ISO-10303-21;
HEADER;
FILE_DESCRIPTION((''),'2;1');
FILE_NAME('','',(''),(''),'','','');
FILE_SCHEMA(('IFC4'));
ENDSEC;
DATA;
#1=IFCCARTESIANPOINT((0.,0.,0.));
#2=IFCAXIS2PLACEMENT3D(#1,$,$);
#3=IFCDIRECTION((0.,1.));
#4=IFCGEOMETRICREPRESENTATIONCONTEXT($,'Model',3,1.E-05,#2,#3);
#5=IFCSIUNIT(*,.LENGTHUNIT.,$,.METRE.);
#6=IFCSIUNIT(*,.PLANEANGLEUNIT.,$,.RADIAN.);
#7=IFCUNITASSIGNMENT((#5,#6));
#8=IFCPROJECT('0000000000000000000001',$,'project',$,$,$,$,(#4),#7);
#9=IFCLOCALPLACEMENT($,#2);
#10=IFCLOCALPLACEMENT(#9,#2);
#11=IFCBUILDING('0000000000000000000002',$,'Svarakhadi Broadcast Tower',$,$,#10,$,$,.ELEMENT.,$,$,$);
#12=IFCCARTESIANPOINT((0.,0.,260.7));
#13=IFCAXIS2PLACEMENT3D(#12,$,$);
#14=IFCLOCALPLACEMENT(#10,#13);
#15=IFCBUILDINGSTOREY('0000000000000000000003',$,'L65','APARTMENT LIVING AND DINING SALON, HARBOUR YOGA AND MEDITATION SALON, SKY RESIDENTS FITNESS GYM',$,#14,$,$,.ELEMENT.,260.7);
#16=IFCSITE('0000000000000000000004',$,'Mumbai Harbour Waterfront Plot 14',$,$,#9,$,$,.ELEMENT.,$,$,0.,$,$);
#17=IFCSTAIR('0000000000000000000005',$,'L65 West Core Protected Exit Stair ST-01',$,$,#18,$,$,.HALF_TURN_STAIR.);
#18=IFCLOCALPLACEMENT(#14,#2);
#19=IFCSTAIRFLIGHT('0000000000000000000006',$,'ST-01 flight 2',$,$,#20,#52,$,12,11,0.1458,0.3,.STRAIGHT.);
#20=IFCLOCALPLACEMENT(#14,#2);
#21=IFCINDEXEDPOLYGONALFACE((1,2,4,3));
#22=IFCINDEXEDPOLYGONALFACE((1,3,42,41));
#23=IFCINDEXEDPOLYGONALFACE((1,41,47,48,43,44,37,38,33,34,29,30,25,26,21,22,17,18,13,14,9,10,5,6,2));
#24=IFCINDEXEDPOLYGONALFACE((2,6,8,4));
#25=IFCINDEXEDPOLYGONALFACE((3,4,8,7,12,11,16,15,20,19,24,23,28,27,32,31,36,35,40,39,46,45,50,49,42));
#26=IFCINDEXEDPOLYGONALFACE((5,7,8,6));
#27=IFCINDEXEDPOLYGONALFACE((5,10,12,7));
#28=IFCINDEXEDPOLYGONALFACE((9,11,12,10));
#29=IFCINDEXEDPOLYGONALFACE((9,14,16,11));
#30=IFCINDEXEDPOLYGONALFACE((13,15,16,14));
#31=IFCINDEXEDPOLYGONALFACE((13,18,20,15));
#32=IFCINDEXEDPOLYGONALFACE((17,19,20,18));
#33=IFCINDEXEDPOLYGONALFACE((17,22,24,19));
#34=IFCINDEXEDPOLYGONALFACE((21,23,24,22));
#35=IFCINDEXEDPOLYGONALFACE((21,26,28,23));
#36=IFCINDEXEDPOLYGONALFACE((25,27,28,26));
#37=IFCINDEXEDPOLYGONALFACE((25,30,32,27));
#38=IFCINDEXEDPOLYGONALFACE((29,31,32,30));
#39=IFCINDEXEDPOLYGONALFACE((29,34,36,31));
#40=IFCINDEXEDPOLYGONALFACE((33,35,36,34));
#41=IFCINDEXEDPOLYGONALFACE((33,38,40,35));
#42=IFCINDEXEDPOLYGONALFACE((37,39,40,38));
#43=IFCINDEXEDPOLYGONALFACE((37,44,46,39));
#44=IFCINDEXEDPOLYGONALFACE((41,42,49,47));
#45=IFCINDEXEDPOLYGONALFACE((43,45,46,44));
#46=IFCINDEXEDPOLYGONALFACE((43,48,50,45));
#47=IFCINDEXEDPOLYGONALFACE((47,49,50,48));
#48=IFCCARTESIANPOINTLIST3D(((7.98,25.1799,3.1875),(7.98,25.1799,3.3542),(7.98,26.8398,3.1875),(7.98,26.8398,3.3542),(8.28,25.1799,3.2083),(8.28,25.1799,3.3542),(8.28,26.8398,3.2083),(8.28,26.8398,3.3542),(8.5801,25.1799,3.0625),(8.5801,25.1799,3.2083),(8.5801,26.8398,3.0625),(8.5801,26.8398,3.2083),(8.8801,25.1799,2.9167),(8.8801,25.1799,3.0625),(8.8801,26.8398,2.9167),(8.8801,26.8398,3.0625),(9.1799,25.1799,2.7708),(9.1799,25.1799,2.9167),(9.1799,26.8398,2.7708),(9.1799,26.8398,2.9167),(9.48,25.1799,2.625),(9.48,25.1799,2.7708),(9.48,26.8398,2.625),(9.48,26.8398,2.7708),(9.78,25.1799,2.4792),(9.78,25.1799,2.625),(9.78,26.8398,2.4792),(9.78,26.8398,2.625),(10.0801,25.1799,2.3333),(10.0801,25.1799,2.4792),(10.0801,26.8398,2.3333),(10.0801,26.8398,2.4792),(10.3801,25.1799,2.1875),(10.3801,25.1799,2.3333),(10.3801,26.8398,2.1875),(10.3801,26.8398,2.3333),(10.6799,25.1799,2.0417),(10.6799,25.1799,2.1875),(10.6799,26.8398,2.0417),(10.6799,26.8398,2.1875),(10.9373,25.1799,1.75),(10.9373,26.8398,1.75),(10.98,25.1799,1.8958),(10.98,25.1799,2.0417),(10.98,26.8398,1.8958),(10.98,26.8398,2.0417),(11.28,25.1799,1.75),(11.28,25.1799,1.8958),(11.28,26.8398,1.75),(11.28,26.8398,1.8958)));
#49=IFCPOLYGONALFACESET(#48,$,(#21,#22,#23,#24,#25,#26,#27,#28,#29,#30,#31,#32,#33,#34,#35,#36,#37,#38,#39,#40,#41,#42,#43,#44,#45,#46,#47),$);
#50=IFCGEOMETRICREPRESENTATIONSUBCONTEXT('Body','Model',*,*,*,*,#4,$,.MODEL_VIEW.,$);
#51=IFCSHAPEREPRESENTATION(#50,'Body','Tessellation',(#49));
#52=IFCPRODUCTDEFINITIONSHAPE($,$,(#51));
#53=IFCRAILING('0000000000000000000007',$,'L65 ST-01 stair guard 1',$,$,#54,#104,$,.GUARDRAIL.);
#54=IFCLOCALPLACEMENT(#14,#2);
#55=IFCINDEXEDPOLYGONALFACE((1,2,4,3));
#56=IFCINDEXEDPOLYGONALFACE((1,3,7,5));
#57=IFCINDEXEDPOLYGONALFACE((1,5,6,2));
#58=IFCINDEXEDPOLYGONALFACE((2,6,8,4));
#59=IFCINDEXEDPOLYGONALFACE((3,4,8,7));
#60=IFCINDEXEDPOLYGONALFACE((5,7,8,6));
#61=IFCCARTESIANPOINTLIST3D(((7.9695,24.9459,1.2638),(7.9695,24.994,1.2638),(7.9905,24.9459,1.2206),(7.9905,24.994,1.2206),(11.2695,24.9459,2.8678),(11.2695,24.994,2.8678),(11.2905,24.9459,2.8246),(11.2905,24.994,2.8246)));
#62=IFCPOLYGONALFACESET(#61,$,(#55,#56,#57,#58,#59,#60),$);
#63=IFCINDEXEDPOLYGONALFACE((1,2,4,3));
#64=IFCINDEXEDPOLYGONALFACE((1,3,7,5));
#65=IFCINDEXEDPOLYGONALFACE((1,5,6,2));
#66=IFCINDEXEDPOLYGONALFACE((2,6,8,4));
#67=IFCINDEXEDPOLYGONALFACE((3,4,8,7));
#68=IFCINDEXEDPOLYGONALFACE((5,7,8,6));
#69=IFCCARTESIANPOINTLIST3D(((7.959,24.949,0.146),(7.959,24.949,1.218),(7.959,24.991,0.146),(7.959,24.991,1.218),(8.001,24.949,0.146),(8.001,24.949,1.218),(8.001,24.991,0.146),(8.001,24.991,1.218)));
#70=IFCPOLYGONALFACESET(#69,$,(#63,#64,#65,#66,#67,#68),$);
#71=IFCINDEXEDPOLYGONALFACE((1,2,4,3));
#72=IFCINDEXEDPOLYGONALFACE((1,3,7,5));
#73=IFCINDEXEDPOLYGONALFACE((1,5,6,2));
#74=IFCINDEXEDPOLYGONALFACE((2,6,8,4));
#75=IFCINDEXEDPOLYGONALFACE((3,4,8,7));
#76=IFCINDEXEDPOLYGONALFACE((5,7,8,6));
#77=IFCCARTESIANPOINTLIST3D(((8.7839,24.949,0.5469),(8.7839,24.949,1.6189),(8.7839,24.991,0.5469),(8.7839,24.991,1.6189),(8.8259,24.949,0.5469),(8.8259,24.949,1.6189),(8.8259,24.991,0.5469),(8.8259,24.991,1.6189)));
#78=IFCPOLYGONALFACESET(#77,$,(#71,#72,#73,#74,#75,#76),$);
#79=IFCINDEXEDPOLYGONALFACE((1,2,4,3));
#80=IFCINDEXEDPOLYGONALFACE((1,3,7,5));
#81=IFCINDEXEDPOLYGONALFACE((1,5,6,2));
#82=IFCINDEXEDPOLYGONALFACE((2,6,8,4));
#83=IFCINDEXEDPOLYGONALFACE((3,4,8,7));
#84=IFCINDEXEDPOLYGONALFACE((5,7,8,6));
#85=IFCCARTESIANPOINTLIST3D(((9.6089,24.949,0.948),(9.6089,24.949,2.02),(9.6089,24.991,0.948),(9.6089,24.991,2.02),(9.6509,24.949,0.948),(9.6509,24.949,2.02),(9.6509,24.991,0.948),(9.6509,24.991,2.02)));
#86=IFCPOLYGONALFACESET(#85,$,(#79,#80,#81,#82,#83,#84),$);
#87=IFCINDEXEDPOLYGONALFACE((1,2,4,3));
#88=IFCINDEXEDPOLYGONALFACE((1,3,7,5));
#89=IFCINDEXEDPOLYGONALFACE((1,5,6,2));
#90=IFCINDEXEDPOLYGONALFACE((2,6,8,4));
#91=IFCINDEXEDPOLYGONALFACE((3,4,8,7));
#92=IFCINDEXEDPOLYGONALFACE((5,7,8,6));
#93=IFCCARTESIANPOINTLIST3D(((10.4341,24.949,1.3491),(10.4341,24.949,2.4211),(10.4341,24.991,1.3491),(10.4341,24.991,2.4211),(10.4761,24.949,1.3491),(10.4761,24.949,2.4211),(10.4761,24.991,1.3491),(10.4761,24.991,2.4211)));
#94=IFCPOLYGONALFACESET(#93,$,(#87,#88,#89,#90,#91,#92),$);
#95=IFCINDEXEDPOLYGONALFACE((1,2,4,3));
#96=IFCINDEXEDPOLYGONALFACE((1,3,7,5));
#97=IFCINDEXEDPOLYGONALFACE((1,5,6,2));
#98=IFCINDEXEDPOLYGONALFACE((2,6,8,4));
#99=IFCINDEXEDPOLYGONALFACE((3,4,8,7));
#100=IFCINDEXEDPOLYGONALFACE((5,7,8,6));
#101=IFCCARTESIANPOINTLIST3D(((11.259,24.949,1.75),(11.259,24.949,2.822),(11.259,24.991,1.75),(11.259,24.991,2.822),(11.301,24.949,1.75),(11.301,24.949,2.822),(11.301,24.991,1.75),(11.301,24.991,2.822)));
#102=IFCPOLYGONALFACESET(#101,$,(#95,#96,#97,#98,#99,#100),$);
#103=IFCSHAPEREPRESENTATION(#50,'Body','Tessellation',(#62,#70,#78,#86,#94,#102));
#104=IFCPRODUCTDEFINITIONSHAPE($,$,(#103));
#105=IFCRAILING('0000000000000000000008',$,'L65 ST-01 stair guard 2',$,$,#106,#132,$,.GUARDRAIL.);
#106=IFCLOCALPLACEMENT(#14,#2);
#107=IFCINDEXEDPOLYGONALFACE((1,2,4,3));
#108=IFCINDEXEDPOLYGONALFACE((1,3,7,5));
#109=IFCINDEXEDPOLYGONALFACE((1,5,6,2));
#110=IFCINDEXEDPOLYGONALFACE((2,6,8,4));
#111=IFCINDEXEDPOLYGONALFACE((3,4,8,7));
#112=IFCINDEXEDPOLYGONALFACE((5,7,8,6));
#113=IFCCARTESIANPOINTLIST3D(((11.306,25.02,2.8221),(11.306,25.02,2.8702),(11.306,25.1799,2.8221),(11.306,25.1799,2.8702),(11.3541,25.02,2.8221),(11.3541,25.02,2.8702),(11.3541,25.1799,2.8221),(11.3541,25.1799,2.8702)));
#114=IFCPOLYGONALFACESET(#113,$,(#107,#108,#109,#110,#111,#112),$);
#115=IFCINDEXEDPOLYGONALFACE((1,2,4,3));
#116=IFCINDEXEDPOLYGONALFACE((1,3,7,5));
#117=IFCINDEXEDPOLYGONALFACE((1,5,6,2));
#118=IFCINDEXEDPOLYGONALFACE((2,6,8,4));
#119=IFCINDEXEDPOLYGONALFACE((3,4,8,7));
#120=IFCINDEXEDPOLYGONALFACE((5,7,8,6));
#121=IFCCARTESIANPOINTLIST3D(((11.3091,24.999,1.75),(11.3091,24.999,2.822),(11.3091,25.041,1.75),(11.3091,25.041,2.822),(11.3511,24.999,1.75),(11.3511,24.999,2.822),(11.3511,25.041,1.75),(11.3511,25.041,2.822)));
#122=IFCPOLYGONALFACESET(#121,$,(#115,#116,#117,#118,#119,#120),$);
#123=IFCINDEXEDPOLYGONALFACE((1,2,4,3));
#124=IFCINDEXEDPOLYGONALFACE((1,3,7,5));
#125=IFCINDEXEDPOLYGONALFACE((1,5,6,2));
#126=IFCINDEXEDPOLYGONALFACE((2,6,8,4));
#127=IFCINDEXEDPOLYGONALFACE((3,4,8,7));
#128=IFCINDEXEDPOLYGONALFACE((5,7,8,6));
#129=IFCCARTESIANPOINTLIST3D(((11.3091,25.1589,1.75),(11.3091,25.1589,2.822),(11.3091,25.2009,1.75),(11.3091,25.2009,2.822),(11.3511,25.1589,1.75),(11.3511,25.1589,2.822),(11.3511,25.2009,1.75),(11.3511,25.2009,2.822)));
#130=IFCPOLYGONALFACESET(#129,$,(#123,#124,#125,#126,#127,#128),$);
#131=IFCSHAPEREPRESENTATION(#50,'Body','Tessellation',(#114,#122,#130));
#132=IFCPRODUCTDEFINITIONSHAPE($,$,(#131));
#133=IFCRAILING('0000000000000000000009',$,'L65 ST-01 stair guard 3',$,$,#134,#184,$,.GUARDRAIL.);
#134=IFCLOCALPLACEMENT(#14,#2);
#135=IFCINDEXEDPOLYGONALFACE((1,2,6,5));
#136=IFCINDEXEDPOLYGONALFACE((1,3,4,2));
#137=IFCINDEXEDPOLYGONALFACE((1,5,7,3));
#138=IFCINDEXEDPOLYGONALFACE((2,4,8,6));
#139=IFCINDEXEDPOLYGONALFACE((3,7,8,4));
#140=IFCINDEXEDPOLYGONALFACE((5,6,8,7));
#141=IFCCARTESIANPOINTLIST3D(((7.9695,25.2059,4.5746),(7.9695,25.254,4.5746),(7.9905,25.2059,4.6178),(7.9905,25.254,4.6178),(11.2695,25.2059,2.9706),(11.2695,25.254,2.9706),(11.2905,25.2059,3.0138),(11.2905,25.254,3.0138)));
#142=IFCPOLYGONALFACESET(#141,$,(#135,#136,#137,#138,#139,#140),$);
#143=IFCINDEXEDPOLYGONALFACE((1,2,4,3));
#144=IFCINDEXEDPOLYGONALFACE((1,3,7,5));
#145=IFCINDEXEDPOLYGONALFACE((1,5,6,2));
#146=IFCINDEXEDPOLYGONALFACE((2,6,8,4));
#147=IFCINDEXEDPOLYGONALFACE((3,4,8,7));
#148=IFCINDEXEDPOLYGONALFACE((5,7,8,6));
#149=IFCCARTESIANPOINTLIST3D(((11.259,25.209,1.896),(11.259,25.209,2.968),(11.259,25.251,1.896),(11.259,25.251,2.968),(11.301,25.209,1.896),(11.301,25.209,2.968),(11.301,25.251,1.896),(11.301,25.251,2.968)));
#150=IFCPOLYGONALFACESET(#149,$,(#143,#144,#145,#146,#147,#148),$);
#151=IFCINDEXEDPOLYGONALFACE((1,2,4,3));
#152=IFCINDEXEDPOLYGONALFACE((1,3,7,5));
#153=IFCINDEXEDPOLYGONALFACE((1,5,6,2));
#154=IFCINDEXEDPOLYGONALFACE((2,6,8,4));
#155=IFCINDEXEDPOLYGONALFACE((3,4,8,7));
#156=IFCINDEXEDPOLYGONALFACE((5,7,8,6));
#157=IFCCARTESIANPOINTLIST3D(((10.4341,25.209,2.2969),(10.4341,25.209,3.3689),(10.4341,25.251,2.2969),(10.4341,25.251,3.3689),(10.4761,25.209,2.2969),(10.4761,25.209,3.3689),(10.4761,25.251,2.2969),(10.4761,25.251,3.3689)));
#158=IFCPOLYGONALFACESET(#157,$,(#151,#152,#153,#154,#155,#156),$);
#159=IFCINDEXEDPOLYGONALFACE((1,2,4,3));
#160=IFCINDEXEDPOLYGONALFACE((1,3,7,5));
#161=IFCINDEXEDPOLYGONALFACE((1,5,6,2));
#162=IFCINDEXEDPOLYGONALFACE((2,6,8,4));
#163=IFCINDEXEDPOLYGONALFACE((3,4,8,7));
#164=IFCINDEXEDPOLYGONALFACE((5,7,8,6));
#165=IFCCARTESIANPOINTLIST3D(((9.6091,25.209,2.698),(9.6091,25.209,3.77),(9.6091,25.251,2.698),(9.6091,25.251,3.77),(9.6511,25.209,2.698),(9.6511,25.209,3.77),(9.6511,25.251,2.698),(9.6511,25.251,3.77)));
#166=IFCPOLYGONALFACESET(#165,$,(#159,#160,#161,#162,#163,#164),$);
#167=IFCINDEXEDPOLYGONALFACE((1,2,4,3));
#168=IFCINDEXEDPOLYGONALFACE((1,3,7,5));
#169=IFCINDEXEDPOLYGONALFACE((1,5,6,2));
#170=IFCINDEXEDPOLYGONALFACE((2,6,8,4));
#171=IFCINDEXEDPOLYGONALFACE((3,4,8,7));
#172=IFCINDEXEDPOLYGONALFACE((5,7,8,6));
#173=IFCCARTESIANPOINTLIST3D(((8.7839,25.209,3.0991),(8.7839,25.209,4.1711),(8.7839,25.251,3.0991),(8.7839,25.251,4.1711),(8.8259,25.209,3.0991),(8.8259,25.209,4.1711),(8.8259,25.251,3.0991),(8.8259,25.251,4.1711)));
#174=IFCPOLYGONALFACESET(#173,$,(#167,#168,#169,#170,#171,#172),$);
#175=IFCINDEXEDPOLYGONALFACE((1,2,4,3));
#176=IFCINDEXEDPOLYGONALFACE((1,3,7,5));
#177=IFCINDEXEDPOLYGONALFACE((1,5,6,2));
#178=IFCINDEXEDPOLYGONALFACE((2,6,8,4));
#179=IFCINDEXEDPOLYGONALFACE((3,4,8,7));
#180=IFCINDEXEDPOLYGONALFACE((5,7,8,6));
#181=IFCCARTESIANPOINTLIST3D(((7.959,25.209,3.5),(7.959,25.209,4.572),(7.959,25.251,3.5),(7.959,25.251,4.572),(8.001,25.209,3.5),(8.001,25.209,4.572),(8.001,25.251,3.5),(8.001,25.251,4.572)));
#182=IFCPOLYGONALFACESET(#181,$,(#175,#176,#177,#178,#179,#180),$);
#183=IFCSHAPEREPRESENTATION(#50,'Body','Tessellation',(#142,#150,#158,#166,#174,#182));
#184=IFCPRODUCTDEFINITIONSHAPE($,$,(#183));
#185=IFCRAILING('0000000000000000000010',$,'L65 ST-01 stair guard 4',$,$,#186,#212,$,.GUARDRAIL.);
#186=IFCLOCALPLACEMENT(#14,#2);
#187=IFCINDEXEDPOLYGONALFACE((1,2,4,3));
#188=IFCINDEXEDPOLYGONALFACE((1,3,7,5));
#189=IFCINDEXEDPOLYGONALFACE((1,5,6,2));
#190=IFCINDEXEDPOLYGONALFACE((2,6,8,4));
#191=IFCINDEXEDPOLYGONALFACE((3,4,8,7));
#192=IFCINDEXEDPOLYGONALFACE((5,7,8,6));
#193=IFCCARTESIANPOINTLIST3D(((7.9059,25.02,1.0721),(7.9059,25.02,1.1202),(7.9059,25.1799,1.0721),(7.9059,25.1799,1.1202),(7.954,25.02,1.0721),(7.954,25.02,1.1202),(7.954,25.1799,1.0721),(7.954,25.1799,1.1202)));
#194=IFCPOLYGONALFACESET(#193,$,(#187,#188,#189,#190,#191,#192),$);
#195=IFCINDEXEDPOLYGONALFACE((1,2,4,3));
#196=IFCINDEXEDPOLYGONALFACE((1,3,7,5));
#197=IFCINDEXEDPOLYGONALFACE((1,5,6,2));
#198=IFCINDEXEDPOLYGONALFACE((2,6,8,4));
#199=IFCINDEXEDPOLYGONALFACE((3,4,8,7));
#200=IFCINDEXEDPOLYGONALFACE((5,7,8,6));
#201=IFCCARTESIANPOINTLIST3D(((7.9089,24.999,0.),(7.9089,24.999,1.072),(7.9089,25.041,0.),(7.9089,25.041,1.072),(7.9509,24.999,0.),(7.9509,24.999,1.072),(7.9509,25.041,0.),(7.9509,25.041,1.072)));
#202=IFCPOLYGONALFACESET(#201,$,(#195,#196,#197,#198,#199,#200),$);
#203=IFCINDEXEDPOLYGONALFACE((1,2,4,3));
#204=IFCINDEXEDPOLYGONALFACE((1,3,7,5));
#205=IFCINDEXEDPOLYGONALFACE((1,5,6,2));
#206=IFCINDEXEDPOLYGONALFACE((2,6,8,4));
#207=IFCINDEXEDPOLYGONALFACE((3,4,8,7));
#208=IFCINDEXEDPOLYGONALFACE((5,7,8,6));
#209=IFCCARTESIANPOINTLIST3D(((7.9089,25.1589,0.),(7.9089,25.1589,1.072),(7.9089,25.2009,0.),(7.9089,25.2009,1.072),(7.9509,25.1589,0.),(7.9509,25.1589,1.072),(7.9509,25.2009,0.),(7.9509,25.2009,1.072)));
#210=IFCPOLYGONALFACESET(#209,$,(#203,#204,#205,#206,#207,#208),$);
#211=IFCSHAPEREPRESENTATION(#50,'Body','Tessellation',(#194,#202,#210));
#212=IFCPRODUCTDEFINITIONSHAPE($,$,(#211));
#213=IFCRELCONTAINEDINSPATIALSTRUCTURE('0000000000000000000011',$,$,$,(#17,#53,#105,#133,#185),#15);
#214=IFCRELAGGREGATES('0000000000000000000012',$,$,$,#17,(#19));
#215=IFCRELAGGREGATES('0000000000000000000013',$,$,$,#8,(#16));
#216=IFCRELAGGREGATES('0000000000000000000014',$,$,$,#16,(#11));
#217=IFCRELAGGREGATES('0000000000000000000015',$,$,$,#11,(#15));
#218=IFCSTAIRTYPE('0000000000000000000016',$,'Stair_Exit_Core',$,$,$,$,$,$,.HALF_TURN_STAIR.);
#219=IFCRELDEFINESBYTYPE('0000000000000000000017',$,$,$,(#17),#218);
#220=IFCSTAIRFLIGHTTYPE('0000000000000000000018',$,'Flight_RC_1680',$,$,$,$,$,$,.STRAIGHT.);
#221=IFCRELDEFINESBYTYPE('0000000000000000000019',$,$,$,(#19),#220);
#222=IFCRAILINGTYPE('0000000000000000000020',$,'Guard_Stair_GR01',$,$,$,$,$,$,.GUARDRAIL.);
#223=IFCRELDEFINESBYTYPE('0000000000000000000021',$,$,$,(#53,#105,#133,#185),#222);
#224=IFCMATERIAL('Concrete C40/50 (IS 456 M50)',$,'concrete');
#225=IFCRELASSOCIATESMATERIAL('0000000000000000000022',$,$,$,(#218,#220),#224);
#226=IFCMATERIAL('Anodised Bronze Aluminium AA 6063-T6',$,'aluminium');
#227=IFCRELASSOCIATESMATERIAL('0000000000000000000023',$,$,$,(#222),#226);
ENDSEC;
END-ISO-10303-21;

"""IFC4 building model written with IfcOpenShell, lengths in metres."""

from ifc_helpers import new_model, si_unit, direction, frame, origin, origin_2d, place, context, subcontext, project, spatial, polyline, rectangle, outline, extrude, material, type_object, element, aggregate, save


model = new_model("IFC4")

# Units and contexts
model_context = context("Model", 3, precision=1e-05, world=origin(), true_north=direction((0.0, 1.0)))
body_context = subcontext(model_context, "Body", "Model", "MODEL_VIEW")
ifc_project = project(units=[si_unit("LENGTHUNIT", "METRE"), si_unit("PLANEANGLEUNIT", "RADIAN")], contexts=[model_context])

# Site, building, storey
site_placement = place(None, origin())
site = spatial("IfcSite", under=ifc_project, at=site_placement, Name="Mumbai Harbour Waterfront Plot 14", CompositionType="ELEMENT", RefElevation=0.0)
building_placement = place(site_placement, origin())
building = spatial("IfcBuilding", under=site, at=building_placement, Name="Svarakhadi Broadcast Tower", CompositionType="ELEMENT")
storey_placement = place(building_placement, frame((0.0, 0.0, 260.7)))
storey = spatial("IfcBuildingStorey", under=building, at=storey_placement, Name="L65", Description="APARTMENT LIVING AND DINING SALON, HARBOUR YOGA AND MEDITATION SALON, SKY RESIDENTS FITNESS GYM", CompositionType="ELEMENT", Elevation=260.7)

# Shared definitions
ifc_material_1 = material(Name="Anodised Bronze Aluminium AA 6063-T6", Category="aluminium")

# Shared definitions
ifc_material_2 = material(Name="Concrete C40/50 (IS 456 M50)", Category="concrete")

# Stair, stair flight
stair_type = type_object("IfcStairType", Name="Stair_Exit_Core", PredefinedType="HALF_TURN_STAIR", material=ifc_material_2)
stair_placement = place(storey_placement, origin())
stair = element("IfcStair", 1, at=stair_placement, inside=storey, type_object=stair_type, Name="L65 West Core Protected Exit Stair ST-01", PredefinedType="HALF_TURN_STAIR")
stair_flight_type = type_object("IfcStairFlightType", Name="Flight_RC_1680", PredefinedType="STRAIGHT", material=ifc_material_2)
stair_flight_1_placement = place(storey_placement, frame((11.28, 26.01, 1.75), z_axis=(0.0, 0.0, 1.0), x_axis=(-1.0, 0.0, 0.0)))
stair_flight_1 = element("IfcStairFlight", 2, at=stair_flight_1_placement, type_object=stair_flight_type, Name="ST-01 flight 2", NumberOfRisers=12, NumberOfTreads=11, PredefinedType="STRAIGHT", RiserHeight=0.1458, TreadLength=0.3, context=body_context, shape_type="SweptSolid", body=[
    extrude(outline(polyline([(0.0, 0.0), (0.0, 0.1458), (0.3, 0.1458), (0.3, 0.2917), (0.6001, 0.2917), (0.6001, 0.4375), (0.8999, 0.4375), (0.8999, 0.5833), (1.2, 0.5833), (1.2, 0.7292), (1.5, 0.7292), (1.5, 0.875), (1.8, 0.875), (1.8, 1.0208), (2.1001, 1.0208), (2.1001, 1.1667), (2.3999, 1.1667), (2.3999, 1.3125), (2.7, 1.3125), (2.7, 1.4583), (3.0, 1.4583), (3.0, 1.6042), (3.3, 1.6042), (3.3, 1.75), (3.3, 1.4375), (0.3428, 0.0), (0.0, 0.0)])), frame((0.0, 0.8301, 0.0), z_axis=(0.0, -1.0, 0.0), x_axis=(1.0, 0.0, 0.0)), (0.0, 0.0, 1.0), 1.6599),
])
aggregate(stair, [stair_flight_1])

# Railings
railing_type_1 = type_object("IfcRailingType", Name="Guard_Stair_GR01", PredefinedType="GUARDRAIL", material=ifc_material_1)
railing_1_placement = place(storey_placement, frame((7.98, 24.97, 0.146)))
element("IfcRailing", 3, at=railing_1_placement, inside=storey, type_object=railing_type_1, Name="L65 ST-01 stair guard 1", PredefinedType="GUARDRAIL", context=body_context, shape_type="SweptSolid", body=[
    extrude(rectangle(XDim=0.0481, YDim=0.0481, at=origin_2d()), frame((0.0, 0.0, 1.0962), z_axis=(0.899388, 0.0, 0.437152), x_axis=(0.0, 1.0, 0.0)), (0.0, 0.0, 1.0), 3.6692),
    extrude(rectangle(XDim=0.042, YDim=0.042, at=origin_2d()), origin(), (0.0, 0.0, 1.0), 1.072),
    extrude(rectangle(XDim=0.042, YDim=0.042, at=origin_2d()), frame((0.825, 0.0, 0.4009)), (0.0, 0.0, 1.0), 1.072),
    extrude(rectangle(XDim=0.042, YDim=0.042, at=origin_2d()), frame((1.6499, 0.0, 0.802)), (0.0, 0.0, 1.0), 1.072),
    extrude(rectangle(XDim=0.042, YDim=0.042, at=origin_2d()), frame((2.4751, 0.0, 1.2031)), (0.0, 0.0, 1.0), 1.072),
    extrude(rectangle(XDim=0.042, YDim=0.042, at=origin_2d()), frame((3.3, 0.0, 1.604)), (0.0, 0.0, 1.0), 1.072),
])
railing_2_placement = place(storey_placement, frame((11.3301, 25.02, 1.75)))
element("IfcRailing", 4, at=railing_2_placement, inside=storey, type_object=railing_type_1, Name="L65 ST-01 stair guard 2", PredefinedType="GUARDRAIL", context=body_context, shape_type="SweptSolid", body=[
    extrude(rectangle(XDim=0.0481, YDim=0.0481, at=origin_2d()), frame((0.0, 0.0, 1.0962), z_axis=(0.0, 1.0, 0.0), x_axis=(-1.0, 0.0, 0.0)), (0.0, 0.0, 1.0), 0.1599),
    extrude(rectangle(XDim=0.042, YDim=0.042, at=origin_2d()), origin(), (0.0, 0.0, 1.0), 1.072),
    extrude(rectangle(XDim=0.042, YDim=0.042, at=origin_2d()), frame((0.0, 0.1599, 0.0)), (0.0, 0.0, 1.0), 1.072),
])
railing_3_placement = place(storey_placement, frame((11.28, 25.23, 1.896)))
element("IfcRailing", 5, at=railing_3_placement, inside=storey, type_object=railing_type_1, Name="L65 ST-01 stair guard 3", PredefinedType="GUARDRAIL", context=body_context, shape_type="SweptSolid", body=[
    extrude(rectangle(XDim=0.0481, YDim=0.0481, at=origin_2d()), frame((0.0, 0.0, 1.0962), z_axis=(-0.899388, 0.0, 0.437152), x_axis=(0.0, -1.0, 0.0)), (0.0, 0.0, 1.0), 3.6692),
    extrude(rectangle(XDim=0.042, YDim=0.042, at=origin_2d()), origin(), (0.0, 0.0, 1.0), 1.072),
    extrude(rectangle(XDim=0.042, YDim=0.042, at=origin_2d()), frame((-0.825, 0.0, 0.4009)), (0.0, 0.0, 1.0), 1.072),
    extrude(rectangle(XDim=0.042, YDim=0.042, at=origin_2d()), frame((-1.6499, 0.0, 0.802)), (0.0, 0.0, 1.0), 1.072),
    extrude(rectangle(XDim=0.042, YDim=0.042, at=origin_2d()), frame((-2.4751, 0.0, 1.2031)), (0.0, 0.0, 1.0), 1.072),
    extrude(rectangle(XDim=0.042, YDim=0.042, at=origin_2d()), frame((-3.3, 0.0, 1.604)), (0.0, 0.0, 1.0), 1.072),
])
railing_4_placement = place(storey_placement, frame((7.9299, 25.02, 0.0)))
element("IfcRailing", 6, at=railing_4_placement, inside=storey, type_object=railing_type_1, Name="L65 ST-01 stair guard 4", PredefinedType="GUARDRAIL", context=body_context, shape_type="SweptSolid", body=[
    extrude(rectangle(XDim=0.0481, YDim=0.0481, at=origin_2d()), frame((0.0, 0.0, 1.0962), z_axis=(0.0, 1.0, 0.0), x_axis=(-1.0, 0.0, 0.0)), (0.0, 0.0, 1.0), 0.1599),
    extrude(rectangle(XDim=0.042, YDim=0.042, at=origin_2d()), origin(), (0.0, 0.0, 1.0), 1.072),
    extrude(rectangle(XDim=0.042, YDim=0.042, at=origin_2d()), frame((0.0, 0.1599, 0.0)), (0.0, 0.0, 1.0), 1.072),
])

save(model, "model.ifc")
